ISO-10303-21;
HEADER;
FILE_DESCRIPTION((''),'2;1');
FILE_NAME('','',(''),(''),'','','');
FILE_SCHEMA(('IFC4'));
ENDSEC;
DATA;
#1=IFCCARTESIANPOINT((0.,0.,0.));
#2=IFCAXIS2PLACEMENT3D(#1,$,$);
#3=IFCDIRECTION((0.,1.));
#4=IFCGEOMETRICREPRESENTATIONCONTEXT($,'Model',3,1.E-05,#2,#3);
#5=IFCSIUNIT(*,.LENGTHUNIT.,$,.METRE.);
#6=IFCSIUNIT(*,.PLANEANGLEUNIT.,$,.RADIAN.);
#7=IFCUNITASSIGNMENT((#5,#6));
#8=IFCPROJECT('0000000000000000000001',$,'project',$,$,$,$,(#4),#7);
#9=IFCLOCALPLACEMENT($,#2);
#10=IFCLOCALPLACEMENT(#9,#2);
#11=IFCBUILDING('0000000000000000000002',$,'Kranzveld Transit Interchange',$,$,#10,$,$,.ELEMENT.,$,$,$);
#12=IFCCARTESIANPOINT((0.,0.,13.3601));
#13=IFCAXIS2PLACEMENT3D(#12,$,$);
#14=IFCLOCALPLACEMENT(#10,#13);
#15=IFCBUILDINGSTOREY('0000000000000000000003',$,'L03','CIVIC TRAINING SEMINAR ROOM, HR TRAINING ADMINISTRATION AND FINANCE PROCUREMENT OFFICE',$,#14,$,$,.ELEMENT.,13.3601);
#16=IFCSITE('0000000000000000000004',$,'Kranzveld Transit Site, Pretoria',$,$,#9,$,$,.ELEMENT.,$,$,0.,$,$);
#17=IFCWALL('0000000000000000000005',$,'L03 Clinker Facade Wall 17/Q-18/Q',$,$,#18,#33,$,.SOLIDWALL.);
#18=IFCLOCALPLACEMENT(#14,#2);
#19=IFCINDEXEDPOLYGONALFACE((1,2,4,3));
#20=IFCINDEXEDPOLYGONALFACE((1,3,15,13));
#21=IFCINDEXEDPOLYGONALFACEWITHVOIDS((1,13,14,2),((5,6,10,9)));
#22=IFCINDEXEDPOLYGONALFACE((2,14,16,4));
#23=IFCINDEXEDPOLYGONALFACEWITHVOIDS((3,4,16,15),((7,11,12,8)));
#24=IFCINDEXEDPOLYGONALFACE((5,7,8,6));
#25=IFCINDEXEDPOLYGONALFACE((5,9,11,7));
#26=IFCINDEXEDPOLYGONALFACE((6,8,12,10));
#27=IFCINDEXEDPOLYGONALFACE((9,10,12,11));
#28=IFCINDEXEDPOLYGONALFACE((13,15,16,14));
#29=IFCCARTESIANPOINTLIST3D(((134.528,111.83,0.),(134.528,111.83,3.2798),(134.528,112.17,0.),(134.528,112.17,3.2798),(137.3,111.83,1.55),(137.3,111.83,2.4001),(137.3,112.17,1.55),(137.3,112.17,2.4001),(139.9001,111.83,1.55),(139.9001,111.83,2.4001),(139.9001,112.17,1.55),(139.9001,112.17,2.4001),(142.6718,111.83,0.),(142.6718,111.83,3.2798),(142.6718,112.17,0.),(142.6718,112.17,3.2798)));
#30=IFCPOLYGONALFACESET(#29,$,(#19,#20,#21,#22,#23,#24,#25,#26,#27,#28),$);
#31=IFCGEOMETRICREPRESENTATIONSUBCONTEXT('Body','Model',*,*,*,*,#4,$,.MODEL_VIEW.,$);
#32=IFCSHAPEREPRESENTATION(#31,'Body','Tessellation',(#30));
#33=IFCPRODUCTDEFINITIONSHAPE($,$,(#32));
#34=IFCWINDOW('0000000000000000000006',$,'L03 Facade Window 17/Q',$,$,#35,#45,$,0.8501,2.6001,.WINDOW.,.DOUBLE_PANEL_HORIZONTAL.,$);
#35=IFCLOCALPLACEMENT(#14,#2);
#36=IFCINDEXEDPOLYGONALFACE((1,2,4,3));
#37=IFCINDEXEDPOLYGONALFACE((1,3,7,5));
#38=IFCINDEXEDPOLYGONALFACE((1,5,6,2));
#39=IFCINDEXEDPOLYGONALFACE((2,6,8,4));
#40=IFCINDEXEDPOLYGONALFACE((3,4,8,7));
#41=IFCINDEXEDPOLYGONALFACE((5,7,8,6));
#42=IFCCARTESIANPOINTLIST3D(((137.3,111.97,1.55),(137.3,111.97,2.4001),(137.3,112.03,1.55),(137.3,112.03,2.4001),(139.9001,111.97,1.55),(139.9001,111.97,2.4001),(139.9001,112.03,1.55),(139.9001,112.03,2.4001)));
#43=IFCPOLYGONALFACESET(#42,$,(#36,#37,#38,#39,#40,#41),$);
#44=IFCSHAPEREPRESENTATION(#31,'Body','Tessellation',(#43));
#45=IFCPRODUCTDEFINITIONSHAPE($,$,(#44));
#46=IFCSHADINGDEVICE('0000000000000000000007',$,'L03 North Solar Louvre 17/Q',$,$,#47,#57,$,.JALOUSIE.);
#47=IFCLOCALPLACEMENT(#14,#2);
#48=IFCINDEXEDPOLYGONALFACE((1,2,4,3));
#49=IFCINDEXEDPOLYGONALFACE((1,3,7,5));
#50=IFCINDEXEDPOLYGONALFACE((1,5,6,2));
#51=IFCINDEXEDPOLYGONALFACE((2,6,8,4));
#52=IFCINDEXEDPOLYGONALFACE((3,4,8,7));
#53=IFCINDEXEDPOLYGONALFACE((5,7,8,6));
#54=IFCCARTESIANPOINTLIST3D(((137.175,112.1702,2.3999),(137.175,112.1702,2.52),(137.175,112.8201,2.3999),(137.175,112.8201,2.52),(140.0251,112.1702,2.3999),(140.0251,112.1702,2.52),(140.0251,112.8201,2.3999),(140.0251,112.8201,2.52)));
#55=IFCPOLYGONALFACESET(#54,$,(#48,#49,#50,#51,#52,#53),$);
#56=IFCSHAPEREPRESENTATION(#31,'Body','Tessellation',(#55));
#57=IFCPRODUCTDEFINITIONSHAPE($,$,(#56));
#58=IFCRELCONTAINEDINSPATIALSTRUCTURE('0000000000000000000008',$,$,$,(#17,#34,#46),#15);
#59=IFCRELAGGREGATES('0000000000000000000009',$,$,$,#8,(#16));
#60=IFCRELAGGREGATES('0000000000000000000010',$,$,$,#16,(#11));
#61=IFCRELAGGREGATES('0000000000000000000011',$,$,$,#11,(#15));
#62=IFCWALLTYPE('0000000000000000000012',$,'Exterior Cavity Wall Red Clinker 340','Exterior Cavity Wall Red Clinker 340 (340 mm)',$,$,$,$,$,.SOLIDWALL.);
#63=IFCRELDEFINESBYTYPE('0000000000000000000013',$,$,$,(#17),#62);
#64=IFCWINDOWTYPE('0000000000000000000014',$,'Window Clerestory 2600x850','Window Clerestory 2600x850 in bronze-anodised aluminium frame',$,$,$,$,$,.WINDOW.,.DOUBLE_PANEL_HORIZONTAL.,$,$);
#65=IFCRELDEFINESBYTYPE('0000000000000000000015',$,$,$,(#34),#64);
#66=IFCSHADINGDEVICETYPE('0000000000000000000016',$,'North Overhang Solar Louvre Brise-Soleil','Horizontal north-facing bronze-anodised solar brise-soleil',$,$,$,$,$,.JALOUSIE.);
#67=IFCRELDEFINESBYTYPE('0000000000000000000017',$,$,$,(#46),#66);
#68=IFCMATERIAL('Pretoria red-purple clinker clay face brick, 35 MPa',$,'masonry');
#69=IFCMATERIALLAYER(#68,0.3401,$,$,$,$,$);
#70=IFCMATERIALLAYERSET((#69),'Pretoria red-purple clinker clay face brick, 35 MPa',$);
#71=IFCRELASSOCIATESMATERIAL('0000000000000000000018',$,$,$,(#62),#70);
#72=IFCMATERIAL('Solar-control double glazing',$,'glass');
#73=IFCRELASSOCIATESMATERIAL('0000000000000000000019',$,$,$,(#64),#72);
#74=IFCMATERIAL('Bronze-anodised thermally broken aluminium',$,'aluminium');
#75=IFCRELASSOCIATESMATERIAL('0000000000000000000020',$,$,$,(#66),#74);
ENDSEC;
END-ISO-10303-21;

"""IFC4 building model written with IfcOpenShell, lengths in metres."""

from ifc_helpers import new_model, si_unit, direction, frame, frame_2d, origin, origin_2d, place, context, subcontext, project, spatial, rectangle, extrude, material, layer, layer_set, type_object, element, fill, save


model = new_model("IFC4")

# Units and contexts
model_context = context("Model", 3, precision=1e-05, world=origin(), true_north=direction((0.0, 1.0)))
body_context = subcontext(model_context, "Body", "Model", "MODEL_VIEW")
ifc_project = project(units=[si_unit("LENGTHUNIT", "METRE"), si_unit("PLANEANGLEUNIT", "RADIAN")], contexts=[model_context])

# Site, building, storey
site_placement = place(None, origin())
site = spatial("IfcSite", under=ifc_project, at=site_placement, Name="Kranzveld Transit Site, Pretoria", CompositionType="ELEMENT", RefElevation=0.0)
building_placement = place(site_placement, origin())
building = spatial("IfcBuilding", under=site, at=building_placement, Name="Kranzveld Transit Interchange", CompositionType="ELEMENT")
storey_placement = place(building_placement, frame((0.0, 0.0, 13.3601)))
storey = spatial("IfcBuildingStorey", under=building, at=storey_placement, Name="L03", Description="CIVIC TRAINING SEMINAR ROOM, HR TRAINING ADMINISTRATION AND FINANCE PROCUREMENT OFFICE", CompositionType="ELEMENT", Elevation=13.3601)

# Wall, opening, window
ifc_material_1 = material(Name="Pretoria red-purple clinker clay face brick, 35 MPa", Category="masonry")
ifc_layer_1 = layer(ifc_material_1, 0.3401)
ifc_layer_set_1 = layer_set([ifc_layer_1], Name="Pretoria red-purple clinker clay face brick, 35 MPa")
wall_type = type_object("IfcWallType", Name="Exterior Cavity Wall Red Clinker 340", Description="Exterior Cavity Wall Red Clinker 340 (340 mm)", PredefinedType="SOLIDWALL", material=ifc_layer_set_1)
wall_placement = place(storey_placement, frame((134.5281, 112.0, 0.0), z_axis=(0.0, 0.0, 1.0), x_axis=(1.0, 0.0, 0.0)))
wall = element("IfcWall", 1, at=wall_placement, inside=storey, type_object=wall_type, Name="L03 Clinker Facade Wall 17/Q-18/Q", PredefinedType="SOLIDWALL", context=body_context, shape_type="SweptSolid", body=[
    extrude(rectangle(XDim=8.1438, YDim=0.3401, at=frame_2d((4.0718, 0.0))), origin(), (0.0, 0.0, 1.0), 3.2798),
])
opening_placement = place(wall_placement, frame((2.772, 0.0, 1.55), z_axis=(0.0, 0.0, 1.0), x_axis=(1.0, 0.0, 0.0)))
opening = element("IfcOpeningElement", 2, at=opening_placement, cuts=wall, PredefinedType="OPENING", context=body_context, shape_type="SweptSolid", body=[
    extrude(rectangle(XDim=2.6001, YDim=0.8501, at=frame_2d((1.3, 0.425))), frame((0.0, 0.1799, 0.0), z_axis=(0.0, -1.0, 0.0), x_axis=(1.0, 0.0, 0.0)), (0.0, 0.0, 1.0), 0.3601),
])
ifc_material_2 = material(Name="Solar-control double glazing", Category="glass")
window_type = type_object("IfcWindowType", Name="Window Clerestory 2600x850", Description="Window Clerestory 2600x850 in bronze-anodised aluminium frame", PartitioningType="DOUBLE_PANEL_HORIZONTAL", PredefinedType="WINDOW", material=ifc_material_2)
window_placement = place(opening_placement, origin())
window = element("IfcWindow", 3, at=window_placement, inside=storey, type_object=window_type, Name="L03 Facade Window 17/Q", OverallHeight=0.8501, OverallWidth=2.6001, PartitioningType="DOUBLE_PANEL_HORIZONTAL", PredefinedType="WINDOW", context=body_context, shape_type="SweptSolid", body=[
    extrude(rectangle(XDim=2.6001, YDim=0.8501, at=frame_2d((1.3, 0.425))), frame((0.0, 0.03, 0.0), z_axis=(0.0, -1.0, 0.0), x_axis=(1.0, 0.0, 0.0)), (0.0, 0.0, 1.0), 0.0601),
])
fill(opening, window)

# Shading device
ifc_material_3 = material(Name="Bronze-anodised thermally broken aluminium", Category="aluminium")
shading_device_type = type_object("IfcShadingDeviceType", Name="North Overhang Solar Louvre Brise-Soleil", Description="Horizontal north-facing bronze-anodised solar brise-soleil", PredefinedType="JALOUSIE", material=ifc_material_3)
shading_device_placement = place(storey_placement, frame((138.6001, 112.4951, 2.3999), z_axis=(0.0, 0.0, 1.0), x_axis=(1.0, 0.0, 0.0)))
element("IfcShadingDevice", 4, at=shading_device_placement, inside=storey, type_object=shading_device_type, Name="L03 North Solar Louvre 17/Q", PredefinedType="JALOUSIE", context=body_context, shape_type="SweptSolid", body=[
    extrude(rectangle(XDim=2.8501, YDim=0.6499, at=origin_2d()), origin(), (0.0, 0.0, 1.0), 0.1201),
])

save(model, "model.ifc")
